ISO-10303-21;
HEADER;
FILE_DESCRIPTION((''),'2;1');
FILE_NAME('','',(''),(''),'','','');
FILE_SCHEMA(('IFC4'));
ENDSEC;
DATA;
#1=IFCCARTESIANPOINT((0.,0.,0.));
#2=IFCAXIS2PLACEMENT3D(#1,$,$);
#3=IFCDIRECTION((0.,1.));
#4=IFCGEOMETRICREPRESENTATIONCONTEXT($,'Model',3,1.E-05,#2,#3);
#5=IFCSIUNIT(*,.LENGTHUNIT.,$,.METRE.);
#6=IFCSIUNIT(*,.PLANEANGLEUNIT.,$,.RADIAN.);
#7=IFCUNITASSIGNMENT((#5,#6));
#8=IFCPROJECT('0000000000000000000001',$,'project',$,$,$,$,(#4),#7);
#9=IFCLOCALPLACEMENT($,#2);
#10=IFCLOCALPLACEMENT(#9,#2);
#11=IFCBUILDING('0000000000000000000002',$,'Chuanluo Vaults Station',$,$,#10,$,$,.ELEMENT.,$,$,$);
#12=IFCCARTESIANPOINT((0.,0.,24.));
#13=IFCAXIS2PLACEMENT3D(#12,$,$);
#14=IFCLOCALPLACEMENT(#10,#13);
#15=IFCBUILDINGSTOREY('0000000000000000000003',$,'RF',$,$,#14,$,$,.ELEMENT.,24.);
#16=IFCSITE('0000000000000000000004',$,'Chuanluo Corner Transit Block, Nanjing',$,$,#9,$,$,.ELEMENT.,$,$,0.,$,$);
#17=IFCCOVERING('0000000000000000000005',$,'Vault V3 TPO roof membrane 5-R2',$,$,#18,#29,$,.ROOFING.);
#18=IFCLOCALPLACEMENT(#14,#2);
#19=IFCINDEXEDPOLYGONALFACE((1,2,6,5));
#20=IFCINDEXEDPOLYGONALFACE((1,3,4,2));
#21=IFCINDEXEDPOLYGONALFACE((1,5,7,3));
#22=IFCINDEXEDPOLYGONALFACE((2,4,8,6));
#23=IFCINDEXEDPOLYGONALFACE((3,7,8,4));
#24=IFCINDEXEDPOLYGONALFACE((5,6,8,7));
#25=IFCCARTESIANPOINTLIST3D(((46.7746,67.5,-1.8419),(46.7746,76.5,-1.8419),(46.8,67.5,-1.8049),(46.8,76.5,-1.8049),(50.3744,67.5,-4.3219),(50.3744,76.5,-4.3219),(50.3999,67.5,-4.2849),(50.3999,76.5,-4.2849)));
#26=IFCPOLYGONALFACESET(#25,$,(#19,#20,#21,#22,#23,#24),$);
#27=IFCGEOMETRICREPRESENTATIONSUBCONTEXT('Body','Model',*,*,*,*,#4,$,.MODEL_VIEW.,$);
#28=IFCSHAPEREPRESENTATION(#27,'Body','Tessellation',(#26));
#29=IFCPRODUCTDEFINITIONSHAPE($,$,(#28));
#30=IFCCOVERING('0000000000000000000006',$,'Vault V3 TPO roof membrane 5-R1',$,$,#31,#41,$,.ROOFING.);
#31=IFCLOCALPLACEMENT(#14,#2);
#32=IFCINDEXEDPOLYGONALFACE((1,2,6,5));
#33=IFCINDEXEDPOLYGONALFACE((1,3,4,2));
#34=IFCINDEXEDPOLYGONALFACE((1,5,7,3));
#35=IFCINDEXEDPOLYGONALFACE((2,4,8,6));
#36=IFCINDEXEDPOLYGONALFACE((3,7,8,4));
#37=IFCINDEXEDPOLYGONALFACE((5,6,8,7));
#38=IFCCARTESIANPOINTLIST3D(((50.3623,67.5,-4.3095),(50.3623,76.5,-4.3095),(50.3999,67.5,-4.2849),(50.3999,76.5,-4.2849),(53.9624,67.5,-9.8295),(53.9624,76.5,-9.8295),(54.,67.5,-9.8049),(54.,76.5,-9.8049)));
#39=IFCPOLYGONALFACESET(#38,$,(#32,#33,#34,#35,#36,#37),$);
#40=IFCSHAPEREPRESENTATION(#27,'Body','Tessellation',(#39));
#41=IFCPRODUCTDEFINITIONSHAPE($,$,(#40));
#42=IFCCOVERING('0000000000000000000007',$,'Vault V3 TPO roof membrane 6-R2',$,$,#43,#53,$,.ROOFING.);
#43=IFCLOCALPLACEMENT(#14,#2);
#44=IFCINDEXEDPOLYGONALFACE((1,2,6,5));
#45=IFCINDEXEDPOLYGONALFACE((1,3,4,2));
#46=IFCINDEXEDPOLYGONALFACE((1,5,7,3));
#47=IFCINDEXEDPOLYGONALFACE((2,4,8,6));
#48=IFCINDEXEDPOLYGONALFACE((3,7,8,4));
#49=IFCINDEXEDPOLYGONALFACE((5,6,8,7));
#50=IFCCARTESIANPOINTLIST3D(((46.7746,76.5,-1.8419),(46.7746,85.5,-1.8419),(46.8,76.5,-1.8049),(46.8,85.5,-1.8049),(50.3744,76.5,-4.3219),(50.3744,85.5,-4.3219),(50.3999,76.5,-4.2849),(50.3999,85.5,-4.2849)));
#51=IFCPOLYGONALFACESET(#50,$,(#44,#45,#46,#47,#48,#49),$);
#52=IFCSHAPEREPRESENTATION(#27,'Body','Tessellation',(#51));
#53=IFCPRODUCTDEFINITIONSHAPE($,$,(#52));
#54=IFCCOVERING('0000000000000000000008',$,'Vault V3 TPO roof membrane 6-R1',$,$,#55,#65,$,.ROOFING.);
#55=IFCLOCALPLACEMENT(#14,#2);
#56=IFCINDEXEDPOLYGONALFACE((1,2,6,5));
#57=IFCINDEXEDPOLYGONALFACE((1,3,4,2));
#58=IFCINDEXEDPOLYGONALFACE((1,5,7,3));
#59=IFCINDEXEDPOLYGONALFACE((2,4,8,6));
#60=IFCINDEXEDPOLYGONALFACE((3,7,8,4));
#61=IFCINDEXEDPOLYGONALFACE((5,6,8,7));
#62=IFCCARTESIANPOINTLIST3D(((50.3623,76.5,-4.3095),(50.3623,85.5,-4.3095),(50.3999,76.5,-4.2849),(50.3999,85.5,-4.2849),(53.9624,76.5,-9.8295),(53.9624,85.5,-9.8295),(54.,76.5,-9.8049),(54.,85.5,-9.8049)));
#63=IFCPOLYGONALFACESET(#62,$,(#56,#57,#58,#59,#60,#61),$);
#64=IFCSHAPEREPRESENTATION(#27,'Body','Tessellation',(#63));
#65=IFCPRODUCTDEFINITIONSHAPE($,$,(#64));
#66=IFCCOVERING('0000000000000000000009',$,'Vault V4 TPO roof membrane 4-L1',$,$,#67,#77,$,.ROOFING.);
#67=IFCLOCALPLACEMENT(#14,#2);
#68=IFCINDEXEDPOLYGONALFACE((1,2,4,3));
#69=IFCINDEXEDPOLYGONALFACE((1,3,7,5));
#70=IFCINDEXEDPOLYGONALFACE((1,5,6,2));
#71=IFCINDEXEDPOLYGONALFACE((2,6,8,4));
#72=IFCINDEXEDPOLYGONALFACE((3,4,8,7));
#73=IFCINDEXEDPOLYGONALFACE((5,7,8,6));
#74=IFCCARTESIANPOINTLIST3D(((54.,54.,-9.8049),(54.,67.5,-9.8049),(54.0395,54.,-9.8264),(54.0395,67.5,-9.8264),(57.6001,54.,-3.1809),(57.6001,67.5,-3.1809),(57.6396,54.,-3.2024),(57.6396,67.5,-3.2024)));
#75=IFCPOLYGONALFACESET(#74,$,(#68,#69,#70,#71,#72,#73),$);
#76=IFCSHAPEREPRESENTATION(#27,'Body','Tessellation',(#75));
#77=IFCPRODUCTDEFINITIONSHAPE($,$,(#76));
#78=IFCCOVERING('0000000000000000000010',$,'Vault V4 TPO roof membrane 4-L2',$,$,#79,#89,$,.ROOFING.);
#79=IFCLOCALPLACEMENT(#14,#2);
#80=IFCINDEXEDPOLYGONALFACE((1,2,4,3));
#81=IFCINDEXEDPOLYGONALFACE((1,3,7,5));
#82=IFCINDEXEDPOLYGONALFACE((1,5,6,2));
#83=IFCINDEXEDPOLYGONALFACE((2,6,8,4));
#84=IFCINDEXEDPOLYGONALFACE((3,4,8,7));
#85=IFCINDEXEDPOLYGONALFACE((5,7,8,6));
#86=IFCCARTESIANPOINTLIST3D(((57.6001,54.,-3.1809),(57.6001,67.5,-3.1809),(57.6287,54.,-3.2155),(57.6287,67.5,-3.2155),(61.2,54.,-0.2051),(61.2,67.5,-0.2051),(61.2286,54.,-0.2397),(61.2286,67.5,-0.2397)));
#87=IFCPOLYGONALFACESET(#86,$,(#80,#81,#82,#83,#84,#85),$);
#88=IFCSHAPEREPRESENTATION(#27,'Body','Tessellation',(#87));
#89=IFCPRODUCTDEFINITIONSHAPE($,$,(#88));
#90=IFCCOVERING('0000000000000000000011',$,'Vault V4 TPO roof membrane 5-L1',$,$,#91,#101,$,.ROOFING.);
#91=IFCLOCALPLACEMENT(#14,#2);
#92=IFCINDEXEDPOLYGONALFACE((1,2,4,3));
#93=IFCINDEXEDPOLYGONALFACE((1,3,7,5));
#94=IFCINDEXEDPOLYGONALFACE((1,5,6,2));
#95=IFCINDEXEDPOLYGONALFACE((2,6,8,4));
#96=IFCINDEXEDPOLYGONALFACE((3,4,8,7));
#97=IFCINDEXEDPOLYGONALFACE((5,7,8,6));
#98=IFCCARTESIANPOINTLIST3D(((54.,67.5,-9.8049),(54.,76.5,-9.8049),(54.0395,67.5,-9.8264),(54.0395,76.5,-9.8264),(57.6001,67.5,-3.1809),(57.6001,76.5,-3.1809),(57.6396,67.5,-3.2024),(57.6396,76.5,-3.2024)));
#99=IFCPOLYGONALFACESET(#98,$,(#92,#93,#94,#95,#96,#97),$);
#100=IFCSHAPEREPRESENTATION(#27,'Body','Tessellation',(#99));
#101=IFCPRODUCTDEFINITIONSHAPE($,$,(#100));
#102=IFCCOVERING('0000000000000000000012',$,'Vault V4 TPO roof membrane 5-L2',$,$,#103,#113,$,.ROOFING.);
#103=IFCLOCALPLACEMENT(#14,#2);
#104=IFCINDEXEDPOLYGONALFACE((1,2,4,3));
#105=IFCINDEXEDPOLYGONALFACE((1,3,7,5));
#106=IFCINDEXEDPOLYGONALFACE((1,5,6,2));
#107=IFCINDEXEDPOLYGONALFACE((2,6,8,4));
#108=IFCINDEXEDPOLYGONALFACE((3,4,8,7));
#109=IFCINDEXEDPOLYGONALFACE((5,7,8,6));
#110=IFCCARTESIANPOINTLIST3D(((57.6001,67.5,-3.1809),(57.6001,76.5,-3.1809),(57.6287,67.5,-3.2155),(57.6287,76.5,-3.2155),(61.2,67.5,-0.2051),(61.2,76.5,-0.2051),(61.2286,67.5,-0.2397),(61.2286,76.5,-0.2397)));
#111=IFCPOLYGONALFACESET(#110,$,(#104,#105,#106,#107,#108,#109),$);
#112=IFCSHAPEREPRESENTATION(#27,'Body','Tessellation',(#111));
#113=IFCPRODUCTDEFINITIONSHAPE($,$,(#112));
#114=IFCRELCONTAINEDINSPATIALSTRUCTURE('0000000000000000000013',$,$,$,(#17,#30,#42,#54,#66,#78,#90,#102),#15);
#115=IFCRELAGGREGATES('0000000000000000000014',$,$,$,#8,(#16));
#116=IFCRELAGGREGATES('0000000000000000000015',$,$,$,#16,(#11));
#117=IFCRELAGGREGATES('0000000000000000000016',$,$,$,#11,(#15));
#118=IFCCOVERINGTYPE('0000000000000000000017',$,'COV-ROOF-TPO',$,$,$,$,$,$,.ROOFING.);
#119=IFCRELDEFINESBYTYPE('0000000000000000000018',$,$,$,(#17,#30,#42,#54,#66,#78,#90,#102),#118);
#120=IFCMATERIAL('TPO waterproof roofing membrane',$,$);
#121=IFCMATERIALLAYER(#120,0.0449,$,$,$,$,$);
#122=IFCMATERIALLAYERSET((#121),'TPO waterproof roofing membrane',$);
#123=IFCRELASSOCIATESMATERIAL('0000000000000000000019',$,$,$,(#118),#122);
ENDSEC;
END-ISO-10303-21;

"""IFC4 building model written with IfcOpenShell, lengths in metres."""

from ifc_helpers import new_model, si_unit, direction, frame, origin, place, context, subcontext, project, spatial, polyline, outline, extrude, material, layer, layer_set, type_object, element, save


model = new_model("IFC4")

# Units and contexts
model_context = context("Model", 3, precision=1e-05, world=origin(), true_north=direction((0.0, 1.0)))
body_context = subcontext(model_context, "Body", "Model", "MODEL_VIEW")
ifc_project = project(units=[si_unit("LENGTHUNIT", "METRE"), si_unit("PLANEANGLEUNIT", "RADIAN")], contexts=[model_context])

# Site, building, storey
site_placement = place(None, origin())
site = spatial("IfcSite", under=ifc_project, at=site_placement, Name="Chuanluo Corner Transit Block, Nanjing", CompositionType="ELEMENT", RefElevation=0.0)
building_placement = place(site_placement, origin())
building = spatial("IfcBuilding", under=site, at=building_placement, Name="Chuanluo Vaults Station", CompositionType="ELEMENT")
storey_placement = place(building_placement, frame((0.0, 0.0, 24.0)))
storey = spatial("IfcBuildingStorey", under=building, at=storey_placement, Name="RF", CompositionType="ELEMENT", Elevation=24.0)

# Coverings
ifc_material_1 = material(Name="TPO waterproof roofing membrane")
ifc_layer_1 = layer(ifc_material_1, 0.0449)
ifc_layer_set_1 = layer_set([ifc_layer_1], Name="TPO waterproof roofing membrane")
covering_type = type_object("IfcCoveringType", Name="COV-ROOF-TPO", PredefinedType="ROOFING", material=ifc_layer_set_1)
covering_1_placement = place(storey_placement, frame((46.8, 67.5, -1.8049), z_axis=(0.567318, 0.0, 0.823499), x_axis=(0.823499, 0.0, -0.567318)))
element("IfcCovering", 1, at=covering_1_placement, inside=storey, type_object=covering_type, Name="Vault V3 TPO roof membrane 5-R2", PredefinedType="ROOFING", context=body_context, shape_type="SweptSolid", body=[
    extrude(outline(polyline([(0.0, 0.0), (4.3714, 0.0), (4.3714, 9.0), (0.0, 9.0), (0.0, 0.0)])), origin(), (0.0, 0.0, -1.0), 0.0449),
])
covering_2_placement = place(storey_placement, frame((50.3999, 67.5, -4.2849), z_axis=(0.837605, 0.0, 0.546277), x_axis=(0.546277, 0.0, -0.837605)))
element("IfcCovering", 2, at=covering_2_placement, inside=storey, type_object=covering_type, Name="Vault V3 TPO roof membrane 5-R1", PredefinedType="ROOFING", context=body_context, shape_type="SweptSolid", body=[
    extrude(outline(polyline([(0.0, 0.0), (6.5902, 0.0), (6.5902, 9.0), (0.0, 9.0), (0.0, 0.0)])), origin(), (0.0, 0.0, -1.0), 0.0449),
])
covering_3_placement = place(storey_placement, frame((46.8, 76.5, -1.8049), z_axis=(0.567318, 0.0, 0.823499), x_axis=(0.823499, 0.0, -0.567318)))
element("IfcCovering", 3, at=covering_3_placement, inside=storey, type_object=covering_type, Name="Vault V3 TPO roof membrane 6-R2", PredefinedType="ROOFING", context=body_context, shape_type="SweptSolid", body=[
    extrude(outline(polyline([(0.0, 0.0), (4.3714, 0.0), (4.3714, 9.0), (0.0, 9.0), (0.0, 0.0)])), origin(), (0.0, 0.0, -1.0), 0.0449),
])
covering_4_placement = place(storey_placement, frame((50.3999, 76.5, -4.2849), z_axis=(0.837605, 0.0, 0.546277), x_axis=(0.546277, 0.0, -0.837605)))
element("IfcCovering", 4, at=covering_4_placement, inside=storey, type_object=covering_type, Name="Vault V3 TPO roof membrane 6-R1", PredefinedType="ROOFING", context=body_context, shape_type="SweptSolid", body=[
    extrude(outline(polyline([(0.0, 0.0), (6.5902, 0.0), (6.5902, 9.0), (0.0, 9.0), (0.0, 0.0)])), origin(), (0.0, 0.0, -1.0), 0.0449),
])
covering_5_placement = place(storey_placement, frame((54.0, 54.0, -9.8049), z_axis=(-0.87862, 0.0, 0.477522), x_axis=(0.477522, 0.0, 0.87862)))
element("IfcCovering", 5, at=covering_5_placement, inside=storey, type_object=covering_type, Name="Vault V4 TPO roof membrane 4-L1", PredefinedType="ROOFING", context=body_context, shape_type="SweptSolid", body=[
    extrude(outline(polyline([(0.0, 0.0), (7.5391, 0.0), (7.5391, 13.5), (0.0, 13.5), (0.0, 0.0)])), origin(), (0.0, 0.0, -1.0), 0.0449),
])
covering_6_placement = place(storey_placement, frame((57.6001, 54.0, -3.1809), z_axis=(-0.637141, 0.0, 0.770747), x_axis=(0.770747, 0.0, 0.637141)))
element("IfcCovering", 6, at=covering_6_placement, inside=storey, type_object=covering_type, Name="Vault V4 TPO roof membrane 4-L2", PredefinedType="ROOFING", context=body_context, shape_type="SweptSolid", body=[
    extrude(outline(polyline([(0.0, 0.0), (4.6706, 0.0), (4.6706, 13.5), (0.0, 13.5), (0.0, 0.0)])), origin(), (0.0, 0.0, -1.0), 0.0449),
])
covering_7_placement = place(storey_placement, frame((54.0, 67.5, -9.8049), z_axis=(-0.87862, 0.0, 0.477522), x_axis=(0.477522, 0.0, 0.87862)))
element("IfcCovering", 7, at=covering_7_placement, inside=storey, type_object=covering_type, Name="Vault V4 TPO roof membrane 5-L1", PredefinedType="ROOFING", context=body_context, shape_type="SweptSolid", body=[
    extrude(outline(polyline([(0.0, 0.0), (7.5391, 0.0), (7.5391, 9.0), (0.0, 9.0), (0.0, 0.0)])), origin(), (0.0, 0.0, -1.0), 0.0449),
])
covering_8_placement = place(storey_placement, frame((57.6001, 67.5, -3.1809), z_axis=(-0.637141, 0.0, 0.770747), x_axis=(0.770747, 0.0, 0.637141)))
element("IfcCovering", 8, at=covering_8_placement, inside=storey, type_object=covering_type, Name="Vault V4 TPO roof membrane 5-L2", PredefinedType="ROOFING", context=body_context, shape_type="SweptSolid", body=[
    extrude(outline(polyline([(0.0, 0.0), (4.6706, 0.0), (4.6706, 9.0), (0.0, 9.0), (0.0, 0.0)])), origin(), (0.0, 0.0, -1.0), 0.0449),
])

save(model, "model.ifc")
